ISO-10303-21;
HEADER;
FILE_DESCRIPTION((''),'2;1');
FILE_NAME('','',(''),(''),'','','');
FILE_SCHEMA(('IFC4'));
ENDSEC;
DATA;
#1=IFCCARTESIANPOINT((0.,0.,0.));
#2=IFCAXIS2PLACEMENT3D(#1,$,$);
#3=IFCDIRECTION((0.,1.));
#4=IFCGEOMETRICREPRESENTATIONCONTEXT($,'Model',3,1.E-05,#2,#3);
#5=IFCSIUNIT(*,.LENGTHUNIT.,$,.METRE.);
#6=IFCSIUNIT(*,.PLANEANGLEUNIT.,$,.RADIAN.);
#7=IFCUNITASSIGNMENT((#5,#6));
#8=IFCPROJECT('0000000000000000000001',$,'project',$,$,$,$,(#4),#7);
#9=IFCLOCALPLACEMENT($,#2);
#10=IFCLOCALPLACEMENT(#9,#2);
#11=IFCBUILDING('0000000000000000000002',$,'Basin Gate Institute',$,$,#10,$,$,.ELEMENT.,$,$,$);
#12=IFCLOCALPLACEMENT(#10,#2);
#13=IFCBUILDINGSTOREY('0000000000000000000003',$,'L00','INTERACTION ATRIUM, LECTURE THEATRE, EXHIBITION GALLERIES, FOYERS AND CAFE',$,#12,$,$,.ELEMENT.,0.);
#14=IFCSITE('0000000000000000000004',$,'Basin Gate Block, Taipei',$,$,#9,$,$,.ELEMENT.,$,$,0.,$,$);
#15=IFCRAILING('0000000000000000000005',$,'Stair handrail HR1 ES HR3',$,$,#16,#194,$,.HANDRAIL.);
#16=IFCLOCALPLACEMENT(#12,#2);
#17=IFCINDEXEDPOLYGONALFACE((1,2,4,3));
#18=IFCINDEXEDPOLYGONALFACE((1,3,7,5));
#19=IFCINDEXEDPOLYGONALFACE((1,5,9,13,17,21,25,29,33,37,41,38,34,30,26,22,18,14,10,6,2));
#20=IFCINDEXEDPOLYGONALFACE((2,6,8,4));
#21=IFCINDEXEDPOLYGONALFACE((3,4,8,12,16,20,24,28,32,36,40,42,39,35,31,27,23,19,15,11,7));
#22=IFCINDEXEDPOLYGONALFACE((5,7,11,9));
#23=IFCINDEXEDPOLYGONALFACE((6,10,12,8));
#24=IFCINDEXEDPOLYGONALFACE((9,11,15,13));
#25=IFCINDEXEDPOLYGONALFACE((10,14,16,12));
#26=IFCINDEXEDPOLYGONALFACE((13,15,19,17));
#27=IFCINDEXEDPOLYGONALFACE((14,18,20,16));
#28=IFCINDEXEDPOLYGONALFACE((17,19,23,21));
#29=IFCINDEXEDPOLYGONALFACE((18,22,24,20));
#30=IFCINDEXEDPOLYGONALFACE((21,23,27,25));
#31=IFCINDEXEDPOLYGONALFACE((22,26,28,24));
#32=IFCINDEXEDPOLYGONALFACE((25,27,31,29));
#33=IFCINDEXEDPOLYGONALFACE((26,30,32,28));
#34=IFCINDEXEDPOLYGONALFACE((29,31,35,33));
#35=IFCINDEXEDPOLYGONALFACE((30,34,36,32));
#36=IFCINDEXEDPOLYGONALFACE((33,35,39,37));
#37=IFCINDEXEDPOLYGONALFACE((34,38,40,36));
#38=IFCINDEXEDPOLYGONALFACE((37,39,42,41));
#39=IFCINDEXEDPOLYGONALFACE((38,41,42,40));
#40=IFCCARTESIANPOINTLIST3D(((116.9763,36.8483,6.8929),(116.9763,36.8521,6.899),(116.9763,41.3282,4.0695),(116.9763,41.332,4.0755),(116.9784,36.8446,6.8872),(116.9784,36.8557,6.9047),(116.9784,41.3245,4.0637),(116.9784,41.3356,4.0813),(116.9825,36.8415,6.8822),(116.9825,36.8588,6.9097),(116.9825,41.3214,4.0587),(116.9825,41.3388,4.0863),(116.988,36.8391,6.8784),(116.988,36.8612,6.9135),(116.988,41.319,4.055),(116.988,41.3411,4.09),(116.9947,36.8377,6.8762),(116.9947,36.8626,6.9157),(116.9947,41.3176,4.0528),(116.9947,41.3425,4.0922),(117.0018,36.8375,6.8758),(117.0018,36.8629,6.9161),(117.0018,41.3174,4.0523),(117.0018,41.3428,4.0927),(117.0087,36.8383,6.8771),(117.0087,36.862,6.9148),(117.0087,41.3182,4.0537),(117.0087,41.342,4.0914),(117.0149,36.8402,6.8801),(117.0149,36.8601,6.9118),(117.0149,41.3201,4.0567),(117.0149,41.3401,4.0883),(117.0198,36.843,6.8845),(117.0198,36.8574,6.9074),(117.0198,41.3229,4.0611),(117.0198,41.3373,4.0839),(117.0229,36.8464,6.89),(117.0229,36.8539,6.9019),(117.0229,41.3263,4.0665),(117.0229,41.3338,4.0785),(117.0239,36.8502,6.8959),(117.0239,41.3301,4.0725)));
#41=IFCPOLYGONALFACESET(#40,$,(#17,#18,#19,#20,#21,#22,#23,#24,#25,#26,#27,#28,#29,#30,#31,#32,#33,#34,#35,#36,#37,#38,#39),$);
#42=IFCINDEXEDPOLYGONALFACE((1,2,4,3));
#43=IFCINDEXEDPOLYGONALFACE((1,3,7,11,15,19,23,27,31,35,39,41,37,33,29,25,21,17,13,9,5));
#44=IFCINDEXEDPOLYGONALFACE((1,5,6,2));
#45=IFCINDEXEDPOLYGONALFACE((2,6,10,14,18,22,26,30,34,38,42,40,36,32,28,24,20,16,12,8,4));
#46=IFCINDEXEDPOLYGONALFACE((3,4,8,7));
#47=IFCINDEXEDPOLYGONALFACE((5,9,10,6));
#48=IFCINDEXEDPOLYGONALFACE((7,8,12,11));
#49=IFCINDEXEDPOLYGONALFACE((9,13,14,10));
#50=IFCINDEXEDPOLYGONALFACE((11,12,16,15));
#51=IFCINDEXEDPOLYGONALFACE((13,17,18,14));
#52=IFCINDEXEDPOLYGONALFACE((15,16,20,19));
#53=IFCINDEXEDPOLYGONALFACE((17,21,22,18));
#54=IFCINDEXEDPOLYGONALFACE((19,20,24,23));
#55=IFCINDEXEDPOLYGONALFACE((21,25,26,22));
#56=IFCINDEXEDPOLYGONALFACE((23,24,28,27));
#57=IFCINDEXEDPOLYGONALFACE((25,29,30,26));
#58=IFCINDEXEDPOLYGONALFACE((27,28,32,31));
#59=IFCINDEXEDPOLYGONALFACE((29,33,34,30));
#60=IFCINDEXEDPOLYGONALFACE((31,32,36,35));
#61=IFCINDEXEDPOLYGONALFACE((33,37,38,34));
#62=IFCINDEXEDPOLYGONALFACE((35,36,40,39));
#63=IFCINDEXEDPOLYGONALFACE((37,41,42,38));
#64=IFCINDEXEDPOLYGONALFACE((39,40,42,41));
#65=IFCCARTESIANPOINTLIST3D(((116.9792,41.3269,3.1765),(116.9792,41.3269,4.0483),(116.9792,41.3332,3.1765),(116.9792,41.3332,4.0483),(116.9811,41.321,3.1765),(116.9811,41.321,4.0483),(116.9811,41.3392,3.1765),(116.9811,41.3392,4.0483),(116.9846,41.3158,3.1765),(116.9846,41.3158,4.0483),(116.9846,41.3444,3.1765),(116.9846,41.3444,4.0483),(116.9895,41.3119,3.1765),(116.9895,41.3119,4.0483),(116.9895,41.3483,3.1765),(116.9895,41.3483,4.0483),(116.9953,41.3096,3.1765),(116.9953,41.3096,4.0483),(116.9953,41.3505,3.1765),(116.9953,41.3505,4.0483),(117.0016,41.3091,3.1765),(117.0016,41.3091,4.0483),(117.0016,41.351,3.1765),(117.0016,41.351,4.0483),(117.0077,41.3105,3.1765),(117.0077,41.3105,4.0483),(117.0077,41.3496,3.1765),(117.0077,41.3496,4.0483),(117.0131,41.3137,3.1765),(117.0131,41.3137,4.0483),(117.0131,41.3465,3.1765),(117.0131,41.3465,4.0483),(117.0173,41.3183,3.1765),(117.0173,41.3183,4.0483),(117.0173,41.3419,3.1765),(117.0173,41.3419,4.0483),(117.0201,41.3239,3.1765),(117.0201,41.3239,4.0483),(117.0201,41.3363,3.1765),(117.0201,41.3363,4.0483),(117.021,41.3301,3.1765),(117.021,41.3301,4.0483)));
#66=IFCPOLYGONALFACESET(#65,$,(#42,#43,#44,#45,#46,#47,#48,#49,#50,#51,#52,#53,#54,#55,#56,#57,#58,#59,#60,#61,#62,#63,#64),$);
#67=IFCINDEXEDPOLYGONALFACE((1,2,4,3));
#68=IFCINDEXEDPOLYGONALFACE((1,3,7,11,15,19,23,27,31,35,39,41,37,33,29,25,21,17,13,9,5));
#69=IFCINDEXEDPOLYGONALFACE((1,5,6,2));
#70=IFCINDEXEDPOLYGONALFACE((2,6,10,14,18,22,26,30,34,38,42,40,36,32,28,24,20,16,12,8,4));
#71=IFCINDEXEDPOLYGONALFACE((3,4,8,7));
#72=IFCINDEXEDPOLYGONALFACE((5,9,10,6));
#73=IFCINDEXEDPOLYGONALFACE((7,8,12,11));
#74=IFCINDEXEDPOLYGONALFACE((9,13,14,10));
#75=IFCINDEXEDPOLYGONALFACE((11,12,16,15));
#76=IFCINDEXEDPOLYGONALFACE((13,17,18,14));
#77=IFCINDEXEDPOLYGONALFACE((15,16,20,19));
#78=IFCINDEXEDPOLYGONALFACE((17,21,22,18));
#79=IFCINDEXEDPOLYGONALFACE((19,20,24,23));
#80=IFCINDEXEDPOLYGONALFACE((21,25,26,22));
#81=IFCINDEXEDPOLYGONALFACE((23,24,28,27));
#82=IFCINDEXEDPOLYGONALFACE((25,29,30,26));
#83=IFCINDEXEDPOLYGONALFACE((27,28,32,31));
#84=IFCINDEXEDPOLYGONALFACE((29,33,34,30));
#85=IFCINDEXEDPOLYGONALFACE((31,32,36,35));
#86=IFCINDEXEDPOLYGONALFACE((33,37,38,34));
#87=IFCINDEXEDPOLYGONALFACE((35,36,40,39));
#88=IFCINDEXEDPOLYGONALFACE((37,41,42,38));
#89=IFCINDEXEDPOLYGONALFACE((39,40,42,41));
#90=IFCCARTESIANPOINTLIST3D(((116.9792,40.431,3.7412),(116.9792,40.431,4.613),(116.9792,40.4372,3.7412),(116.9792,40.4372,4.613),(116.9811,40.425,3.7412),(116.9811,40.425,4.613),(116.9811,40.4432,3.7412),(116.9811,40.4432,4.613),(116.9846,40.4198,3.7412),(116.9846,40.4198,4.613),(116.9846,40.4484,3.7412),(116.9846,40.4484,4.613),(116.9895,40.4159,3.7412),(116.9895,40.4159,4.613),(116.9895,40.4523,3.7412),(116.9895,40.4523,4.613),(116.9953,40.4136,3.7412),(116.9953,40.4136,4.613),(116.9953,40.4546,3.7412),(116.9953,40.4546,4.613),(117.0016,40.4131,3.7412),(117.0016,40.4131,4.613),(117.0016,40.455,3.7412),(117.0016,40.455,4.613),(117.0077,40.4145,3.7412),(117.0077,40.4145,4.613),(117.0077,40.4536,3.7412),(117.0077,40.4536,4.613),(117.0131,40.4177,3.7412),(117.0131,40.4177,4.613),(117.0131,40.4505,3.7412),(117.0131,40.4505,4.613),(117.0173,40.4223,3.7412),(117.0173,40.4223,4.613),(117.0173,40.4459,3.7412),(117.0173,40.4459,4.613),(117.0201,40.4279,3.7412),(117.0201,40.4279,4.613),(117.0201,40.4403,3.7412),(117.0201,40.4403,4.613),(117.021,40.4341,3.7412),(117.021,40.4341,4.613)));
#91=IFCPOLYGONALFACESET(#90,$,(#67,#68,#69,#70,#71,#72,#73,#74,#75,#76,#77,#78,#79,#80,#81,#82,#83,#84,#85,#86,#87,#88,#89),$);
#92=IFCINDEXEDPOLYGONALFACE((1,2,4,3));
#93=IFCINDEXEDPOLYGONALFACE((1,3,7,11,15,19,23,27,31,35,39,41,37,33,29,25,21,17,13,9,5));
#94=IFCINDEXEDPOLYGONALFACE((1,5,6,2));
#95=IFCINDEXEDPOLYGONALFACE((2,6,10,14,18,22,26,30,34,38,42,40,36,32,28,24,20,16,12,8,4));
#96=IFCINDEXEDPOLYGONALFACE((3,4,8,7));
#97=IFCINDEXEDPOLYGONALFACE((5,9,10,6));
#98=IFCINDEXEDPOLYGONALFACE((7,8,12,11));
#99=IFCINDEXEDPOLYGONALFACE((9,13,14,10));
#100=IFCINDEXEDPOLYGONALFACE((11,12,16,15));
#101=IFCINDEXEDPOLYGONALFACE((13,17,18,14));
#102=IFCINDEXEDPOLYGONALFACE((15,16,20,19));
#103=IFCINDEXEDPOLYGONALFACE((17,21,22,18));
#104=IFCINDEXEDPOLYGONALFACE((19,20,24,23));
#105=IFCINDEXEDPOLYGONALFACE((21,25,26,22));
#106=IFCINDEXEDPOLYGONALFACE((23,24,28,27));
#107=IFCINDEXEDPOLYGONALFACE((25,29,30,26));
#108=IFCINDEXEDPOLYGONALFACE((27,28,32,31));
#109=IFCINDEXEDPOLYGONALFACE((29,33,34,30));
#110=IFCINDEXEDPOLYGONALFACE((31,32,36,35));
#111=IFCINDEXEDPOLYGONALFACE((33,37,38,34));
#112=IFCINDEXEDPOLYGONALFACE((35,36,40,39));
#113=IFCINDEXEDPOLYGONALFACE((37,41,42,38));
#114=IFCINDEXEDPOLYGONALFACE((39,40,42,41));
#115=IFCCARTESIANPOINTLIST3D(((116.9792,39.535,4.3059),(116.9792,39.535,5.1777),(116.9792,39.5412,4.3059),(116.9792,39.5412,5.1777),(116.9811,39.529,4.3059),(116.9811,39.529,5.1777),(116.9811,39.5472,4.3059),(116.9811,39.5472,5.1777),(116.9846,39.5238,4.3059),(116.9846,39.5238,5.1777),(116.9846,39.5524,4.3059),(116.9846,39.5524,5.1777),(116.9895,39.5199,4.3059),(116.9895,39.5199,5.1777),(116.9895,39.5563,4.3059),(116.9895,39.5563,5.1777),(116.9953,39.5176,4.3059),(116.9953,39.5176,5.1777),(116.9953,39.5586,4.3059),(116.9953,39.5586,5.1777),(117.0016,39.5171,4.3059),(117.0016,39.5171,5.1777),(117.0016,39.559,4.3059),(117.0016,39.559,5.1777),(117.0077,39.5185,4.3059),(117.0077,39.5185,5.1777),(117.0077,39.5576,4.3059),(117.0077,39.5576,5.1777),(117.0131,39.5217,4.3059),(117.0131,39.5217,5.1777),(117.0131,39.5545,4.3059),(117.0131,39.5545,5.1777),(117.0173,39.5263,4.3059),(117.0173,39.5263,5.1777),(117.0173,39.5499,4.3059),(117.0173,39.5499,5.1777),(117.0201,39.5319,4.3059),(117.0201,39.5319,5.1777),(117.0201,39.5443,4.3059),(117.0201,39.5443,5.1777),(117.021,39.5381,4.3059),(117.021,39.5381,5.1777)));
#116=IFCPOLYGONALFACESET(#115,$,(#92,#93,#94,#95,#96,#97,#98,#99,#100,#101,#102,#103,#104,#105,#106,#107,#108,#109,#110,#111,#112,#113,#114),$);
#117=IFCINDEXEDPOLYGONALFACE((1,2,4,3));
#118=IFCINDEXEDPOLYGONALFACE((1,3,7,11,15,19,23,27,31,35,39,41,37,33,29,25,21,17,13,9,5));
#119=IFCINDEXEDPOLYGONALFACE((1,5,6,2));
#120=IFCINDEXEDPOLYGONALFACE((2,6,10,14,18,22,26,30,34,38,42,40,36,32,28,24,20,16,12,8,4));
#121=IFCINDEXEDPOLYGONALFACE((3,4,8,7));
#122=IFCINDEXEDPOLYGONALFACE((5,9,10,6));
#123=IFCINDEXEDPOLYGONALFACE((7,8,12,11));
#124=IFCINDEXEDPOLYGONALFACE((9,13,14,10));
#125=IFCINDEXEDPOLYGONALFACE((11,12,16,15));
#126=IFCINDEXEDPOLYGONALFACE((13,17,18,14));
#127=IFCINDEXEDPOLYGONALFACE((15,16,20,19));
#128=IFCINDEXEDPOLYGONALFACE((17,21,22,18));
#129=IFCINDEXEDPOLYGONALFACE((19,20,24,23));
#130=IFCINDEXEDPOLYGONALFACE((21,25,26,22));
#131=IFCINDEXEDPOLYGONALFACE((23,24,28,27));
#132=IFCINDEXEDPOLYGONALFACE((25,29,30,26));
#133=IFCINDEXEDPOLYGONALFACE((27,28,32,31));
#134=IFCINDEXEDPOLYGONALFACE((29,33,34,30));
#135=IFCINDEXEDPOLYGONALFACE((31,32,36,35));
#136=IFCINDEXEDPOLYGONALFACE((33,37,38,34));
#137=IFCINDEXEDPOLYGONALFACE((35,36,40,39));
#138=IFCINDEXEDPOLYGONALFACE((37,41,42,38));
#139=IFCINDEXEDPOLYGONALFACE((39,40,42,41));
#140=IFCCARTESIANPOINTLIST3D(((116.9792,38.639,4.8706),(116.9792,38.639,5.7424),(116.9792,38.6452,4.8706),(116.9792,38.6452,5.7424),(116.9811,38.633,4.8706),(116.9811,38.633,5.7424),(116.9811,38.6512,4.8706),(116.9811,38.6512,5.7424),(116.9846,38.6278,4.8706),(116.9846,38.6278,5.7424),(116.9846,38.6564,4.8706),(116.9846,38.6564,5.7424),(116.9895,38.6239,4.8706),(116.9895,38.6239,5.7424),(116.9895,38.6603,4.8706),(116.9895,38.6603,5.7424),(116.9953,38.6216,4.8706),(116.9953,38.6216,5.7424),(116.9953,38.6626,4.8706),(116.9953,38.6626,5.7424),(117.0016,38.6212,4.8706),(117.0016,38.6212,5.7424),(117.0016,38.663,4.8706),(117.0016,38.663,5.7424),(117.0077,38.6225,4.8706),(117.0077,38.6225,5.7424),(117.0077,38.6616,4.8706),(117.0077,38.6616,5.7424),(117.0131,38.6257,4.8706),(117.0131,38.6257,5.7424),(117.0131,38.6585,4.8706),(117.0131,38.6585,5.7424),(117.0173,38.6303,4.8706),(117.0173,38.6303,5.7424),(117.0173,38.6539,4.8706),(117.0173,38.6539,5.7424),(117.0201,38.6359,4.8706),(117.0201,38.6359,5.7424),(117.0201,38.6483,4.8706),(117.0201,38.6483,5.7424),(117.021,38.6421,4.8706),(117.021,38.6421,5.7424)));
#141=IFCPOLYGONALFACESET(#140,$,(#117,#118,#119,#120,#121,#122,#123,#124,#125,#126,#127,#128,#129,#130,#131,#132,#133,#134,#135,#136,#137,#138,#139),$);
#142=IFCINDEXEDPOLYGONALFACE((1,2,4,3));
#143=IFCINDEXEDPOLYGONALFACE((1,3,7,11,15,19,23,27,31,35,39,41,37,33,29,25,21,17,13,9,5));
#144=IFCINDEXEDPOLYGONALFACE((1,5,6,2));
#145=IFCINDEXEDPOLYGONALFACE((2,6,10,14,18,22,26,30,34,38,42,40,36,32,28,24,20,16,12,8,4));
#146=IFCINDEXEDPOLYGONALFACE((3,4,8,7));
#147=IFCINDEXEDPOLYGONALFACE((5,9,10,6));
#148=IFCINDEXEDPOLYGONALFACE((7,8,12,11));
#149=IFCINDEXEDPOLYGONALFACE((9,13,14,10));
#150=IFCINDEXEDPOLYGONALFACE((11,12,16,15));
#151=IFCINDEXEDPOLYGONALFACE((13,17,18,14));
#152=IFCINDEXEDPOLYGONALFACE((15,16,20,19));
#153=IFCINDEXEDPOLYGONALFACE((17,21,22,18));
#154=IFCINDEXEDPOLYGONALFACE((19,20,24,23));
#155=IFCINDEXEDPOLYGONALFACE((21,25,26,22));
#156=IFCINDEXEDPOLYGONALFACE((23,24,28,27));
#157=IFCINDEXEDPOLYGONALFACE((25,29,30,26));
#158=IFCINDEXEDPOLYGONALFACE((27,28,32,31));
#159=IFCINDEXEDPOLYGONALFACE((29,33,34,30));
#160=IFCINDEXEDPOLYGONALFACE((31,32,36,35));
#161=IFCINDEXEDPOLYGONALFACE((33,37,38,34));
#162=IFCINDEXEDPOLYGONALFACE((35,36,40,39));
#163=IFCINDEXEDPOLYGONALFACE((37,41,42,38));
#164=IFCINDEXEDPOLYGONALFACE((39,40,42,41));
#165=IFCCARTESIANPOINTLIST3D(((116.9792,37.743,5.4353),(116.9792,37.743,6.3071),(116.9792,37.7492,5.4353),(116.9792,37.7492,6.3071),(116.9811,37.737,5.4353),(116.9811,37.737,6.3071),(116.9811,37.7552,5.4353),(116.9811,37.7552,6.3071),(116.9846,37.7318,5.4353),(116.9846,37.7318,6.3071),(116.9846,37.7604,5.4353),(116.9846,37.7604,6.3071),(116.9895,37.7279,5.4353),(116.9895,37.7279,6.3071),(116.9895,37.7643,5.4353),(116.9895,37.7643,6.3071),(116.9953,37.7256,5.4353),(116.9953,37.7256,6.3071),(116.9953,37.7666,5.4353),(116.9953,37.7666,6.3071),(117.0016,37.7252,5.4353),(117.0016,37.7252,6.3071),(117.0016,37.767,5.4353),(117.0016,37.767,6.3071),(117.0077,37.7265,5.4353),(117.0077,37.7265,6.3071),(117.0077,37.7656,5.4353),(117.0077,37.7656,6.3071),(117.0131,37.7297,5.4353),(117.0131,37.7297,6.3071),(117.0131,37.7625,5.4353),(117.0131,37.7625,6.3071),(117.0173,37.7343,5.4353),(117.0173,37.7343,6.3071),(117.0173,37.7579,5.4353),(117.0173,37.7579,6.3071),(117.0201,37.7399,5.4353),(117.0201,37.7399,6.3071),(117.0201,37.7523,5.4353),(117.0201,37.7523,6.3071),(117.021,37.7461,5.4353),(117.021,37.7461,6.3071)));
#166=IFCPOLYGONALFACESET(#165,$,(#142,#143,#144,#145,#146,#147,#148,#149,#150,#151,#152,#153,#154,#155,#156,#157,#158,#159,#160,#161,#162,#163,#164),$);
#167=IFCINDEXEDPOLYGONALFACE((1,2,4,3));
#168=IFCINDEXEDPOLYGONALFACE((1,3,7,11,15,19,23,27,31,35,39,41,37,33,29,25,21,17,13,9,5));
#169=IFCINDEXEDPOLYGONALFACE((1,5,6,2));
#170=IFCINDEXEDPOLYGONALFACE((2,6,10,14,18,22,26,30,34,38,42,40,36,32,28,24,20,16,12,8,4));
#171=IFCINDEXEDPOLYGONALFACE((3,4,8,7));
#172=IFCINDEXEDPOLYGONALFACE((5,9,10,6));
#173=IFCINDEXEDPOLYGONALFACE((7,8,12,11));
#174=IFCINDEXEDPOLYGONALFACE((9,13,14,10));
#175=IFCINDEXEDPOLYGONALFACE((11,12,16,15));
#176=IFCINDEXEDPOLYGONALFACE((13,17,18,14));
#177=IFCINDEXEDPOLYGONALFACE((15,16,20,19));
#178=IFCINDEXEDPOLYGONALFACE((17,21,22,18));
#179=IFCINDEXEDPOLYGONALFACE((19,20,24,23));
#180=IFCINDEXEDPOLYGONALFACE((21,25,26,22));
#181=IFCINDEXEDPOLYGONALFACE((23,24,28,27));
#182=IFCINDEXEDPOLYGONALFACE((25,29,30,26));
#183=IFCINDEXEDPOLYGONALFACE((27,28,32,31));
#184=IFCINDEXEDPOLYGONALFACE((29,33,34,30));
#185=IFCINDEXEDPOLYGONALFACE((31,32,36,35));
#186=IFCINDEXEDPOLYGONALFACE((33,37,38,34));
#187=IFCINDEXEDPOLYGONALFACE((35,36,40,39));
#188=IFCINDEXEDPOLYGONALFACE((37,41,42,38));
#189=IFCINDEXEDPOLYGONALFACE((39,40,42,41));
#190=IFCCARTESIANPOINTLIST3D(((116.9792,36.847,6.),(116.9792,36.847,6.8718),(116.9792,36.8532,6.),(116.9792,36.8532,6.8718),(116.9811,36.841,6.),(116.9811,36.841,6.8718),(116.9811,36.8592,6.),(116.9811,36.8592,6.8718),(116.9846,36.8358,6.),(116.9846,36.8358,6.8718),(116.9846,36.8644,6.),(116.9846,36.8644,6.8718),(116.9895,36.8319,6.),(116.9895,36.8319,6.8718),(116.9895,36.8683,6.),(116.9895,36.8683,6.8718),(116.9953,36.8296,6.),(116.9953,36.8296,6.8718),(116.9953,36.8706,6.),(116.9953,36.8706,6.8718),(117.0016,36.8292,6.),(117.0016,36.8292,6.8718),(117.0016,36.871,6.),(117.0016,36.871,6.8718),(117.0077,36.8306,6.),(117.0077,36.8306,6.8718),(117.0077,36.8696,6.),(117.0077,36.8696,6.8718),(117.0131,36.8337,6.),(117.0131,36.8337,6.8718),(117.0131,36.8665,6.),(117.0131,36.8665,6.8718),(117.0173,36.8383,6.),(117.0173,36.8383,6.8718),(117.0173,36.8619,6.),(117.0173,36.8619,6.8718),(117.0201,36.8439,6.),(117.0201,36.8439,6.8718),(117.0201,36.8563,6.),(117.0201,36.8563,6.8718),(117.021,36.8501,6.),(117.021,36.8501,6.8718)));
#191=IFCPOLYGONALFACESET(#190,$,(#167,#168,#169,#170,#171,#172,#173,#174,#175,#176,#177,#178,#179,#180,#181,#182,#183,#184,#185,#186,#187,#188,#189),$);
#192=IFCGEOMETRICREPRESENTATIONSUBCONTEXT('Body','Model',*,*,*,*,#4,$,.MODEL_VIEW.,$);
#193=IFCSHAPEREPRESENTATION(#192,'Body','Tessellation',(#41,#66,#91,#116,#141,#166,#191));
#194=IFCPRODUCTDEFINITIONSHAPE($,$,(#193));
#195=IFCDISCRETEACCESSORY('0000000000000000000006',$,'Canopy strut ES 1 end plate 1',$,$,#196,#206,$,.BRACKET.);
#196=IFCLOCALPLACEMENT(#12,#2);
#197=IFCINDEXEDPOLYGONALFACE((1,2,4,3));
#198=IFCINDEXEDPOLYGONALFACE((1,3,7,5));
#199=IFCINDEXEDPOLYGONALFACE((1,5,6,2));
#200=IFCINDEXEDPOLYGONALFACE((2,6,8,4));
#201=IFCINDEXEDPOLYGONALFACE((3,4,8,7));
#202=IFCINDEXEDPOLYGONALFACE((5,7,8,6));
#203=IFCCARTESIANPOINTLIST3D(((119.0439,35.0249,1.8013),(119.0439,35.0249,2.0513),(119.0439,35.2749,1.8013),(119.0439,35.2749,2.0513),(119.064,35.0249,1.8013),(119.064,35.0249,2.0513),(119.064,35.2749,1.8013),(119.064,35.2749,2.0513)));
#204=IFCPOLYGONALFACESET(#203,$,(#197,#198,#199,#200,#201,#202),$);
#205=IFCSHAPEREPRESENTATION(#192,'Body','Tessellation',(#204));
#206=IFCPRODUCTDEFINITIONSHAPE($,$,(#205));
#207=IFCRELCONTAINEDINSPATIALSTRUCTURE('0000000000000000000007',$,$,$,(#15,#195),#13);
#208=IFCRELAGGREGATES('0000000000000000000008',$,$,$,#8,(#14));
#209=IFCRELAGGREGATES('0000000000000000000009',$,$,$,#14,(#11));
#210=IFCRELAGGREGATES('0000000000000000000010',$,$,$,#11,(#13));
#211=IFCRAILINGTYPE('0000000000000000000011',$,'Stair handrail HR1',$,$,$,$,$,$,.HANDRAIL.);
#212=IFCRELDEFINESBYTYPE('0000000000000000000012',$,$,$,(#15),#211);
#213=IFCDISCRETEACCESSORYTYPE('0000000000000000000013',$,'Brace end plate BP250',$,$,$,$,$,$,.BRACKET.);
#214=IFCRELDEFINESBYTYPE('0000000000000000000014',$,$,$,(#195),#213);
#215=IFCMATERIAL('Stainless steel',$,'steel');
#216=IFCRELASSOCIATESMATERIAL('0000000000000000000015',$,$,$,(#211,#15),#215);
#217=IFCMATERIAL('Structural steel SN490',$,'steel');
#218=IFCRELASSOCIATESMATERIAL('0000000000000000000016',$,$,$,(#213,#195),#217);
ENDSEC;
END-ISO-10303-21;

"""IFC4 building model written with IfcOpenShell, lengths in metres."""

from ifc_helpers import new_model, si_unit, direction, frame, origin, origin_2d, place, context, subcontext, project, spatial, rectangle, circle, extrude, material, type_object, element, save


model = new_model("IFC4")

# Units and contexts
model_context = context("Model", 3, precision=1e-05, world=origin(), true_north=direction((0.0, 1.0)))
body_context = subcontext(model_context, "Body", "Model", "MODEL_VIEW")
ifc_project = project(units=[si_unit("LENGTHUNIT", "METRE"), si_unit("PLANEANGLEUNIT", "RADIAN")], contexts=[model_context])

# Site, building, storey
site_placement = place(None, origin())
site = spatial("IfcSite", under=ifc_project, at=site_placement, Name="Basin Gate Block, Taipei", CompositionType="ELEMENT", RefElevation=0.0)
building_placement = place(site_placement, origin())
building = spatial("IfcBuilding", under=site, at=building_placement, Name="Basin Gate Institute", CompositionType="ELEMENT")
storey_placement = place(building_placement, origin())
storey = spatial("IfcBuildingStorey", under=building, at=storey_placement, Name="L00", Description="INTERACTION ATRIUM, LECTURE THEATRE, EXHIBITION GALLERIES, FOYERS AND CAFE", CompositionType="ELEMENT", Elevation=0.0)

# Railing
ifc_material_1 = material(Name="Stainless steel", Category="steel")
railing_type_1 = type_object("IfcRailingType", Name="Stair handrail HR1", PredefinedType="HANDRAIL", material=ifc_material_1)
railing_1_placement = place(storey_placement, frame((117.0, 41.3301, 3.1765)))
element("IfcRailing", 1, at=railing_1_placement, inside=storey, type_object=railing_type_1, material=ifc_material_1, Name="Stair handrail HR1 ES HR3", PredefinedType="HANDRAIL", context=body_context, shape_type="SweptSolid", body=[
    extrude(circle(Radius=0.0239, at=origin_2d()), frame((0.0, 0.0, 0.896), z_axis=(0.0, -0.845998, 0.533186), x_axis=(1.0, 0.0, 0.0)), (0.0, 0.0, 1.0), 5.2954),
    extrude(circle(Radius=0.021, at=origin_2d()), origin(), (0.0, 0.0, 1.0), 0.8718),
    extrude(circle(Radius=0.021, at=origin_2d()), frame((0.0, -0.896, 0.5647)), (0.0, 0.0, 1.0), 0.8718),
    extrude(circle(Radius=0.021, at=origin_2d()), frame((0.0, -1.792, 1.1294)), (0.0, 0.0, 1.0), 0.8718),
    extrude(circle(Radius=0.021, at=origin_2d()), frame((0.0, -2.688, 1.6941)), (0.0, 0.0, 1.0), 0.8718),
    extrude(circle(Radius=0.021, at=origin_2d()), frame((0.0, -3.584, 2.2588)), (0.0, 0.0, 1.0), 0.8718),
    extrude(circle(Radius=0.021, at=origin_2d()), frame((0.0, -4.48, 2.8235)), (0.0, 0.0, 1.0), 0.8718),
])

# Discrete accessory
ifc_material_2 = material(Name="Structural steel SN490", Category="steel")
discrete_accessory_type = type_object("IfcDiscreteAccessoryType", Name="Brace end plate BP250", PredefinedType="BRACKET", material=ifc_material_2)
for number, where, z_axis, x_axis, name in (
    (2, (119.054, 35.1499, 1.8013), (0.0, 0.0, 1.0), (1.0, 0.0, 0.0), "Canopy strut ES 1 end plate 1"),
):
    element("IfcDiscreteAccessory", number, at=place(storey_placement, frame(where, z_axis=z_axis, x_axis=x_axis)), inside=storey, type_object=discrete_accessory_type, material=ifc_material_2, Name=name, PredefinedType="BRACKET", context=body_context, shape_type="SweptSolid", body=[
        extrude(rectangle(XDim=0.02, YDim=0.25, at=origin_2d()), origin(), (0.0, 0.0, 1.0), 0.25),
    ])

save(model, "model.ifc")
